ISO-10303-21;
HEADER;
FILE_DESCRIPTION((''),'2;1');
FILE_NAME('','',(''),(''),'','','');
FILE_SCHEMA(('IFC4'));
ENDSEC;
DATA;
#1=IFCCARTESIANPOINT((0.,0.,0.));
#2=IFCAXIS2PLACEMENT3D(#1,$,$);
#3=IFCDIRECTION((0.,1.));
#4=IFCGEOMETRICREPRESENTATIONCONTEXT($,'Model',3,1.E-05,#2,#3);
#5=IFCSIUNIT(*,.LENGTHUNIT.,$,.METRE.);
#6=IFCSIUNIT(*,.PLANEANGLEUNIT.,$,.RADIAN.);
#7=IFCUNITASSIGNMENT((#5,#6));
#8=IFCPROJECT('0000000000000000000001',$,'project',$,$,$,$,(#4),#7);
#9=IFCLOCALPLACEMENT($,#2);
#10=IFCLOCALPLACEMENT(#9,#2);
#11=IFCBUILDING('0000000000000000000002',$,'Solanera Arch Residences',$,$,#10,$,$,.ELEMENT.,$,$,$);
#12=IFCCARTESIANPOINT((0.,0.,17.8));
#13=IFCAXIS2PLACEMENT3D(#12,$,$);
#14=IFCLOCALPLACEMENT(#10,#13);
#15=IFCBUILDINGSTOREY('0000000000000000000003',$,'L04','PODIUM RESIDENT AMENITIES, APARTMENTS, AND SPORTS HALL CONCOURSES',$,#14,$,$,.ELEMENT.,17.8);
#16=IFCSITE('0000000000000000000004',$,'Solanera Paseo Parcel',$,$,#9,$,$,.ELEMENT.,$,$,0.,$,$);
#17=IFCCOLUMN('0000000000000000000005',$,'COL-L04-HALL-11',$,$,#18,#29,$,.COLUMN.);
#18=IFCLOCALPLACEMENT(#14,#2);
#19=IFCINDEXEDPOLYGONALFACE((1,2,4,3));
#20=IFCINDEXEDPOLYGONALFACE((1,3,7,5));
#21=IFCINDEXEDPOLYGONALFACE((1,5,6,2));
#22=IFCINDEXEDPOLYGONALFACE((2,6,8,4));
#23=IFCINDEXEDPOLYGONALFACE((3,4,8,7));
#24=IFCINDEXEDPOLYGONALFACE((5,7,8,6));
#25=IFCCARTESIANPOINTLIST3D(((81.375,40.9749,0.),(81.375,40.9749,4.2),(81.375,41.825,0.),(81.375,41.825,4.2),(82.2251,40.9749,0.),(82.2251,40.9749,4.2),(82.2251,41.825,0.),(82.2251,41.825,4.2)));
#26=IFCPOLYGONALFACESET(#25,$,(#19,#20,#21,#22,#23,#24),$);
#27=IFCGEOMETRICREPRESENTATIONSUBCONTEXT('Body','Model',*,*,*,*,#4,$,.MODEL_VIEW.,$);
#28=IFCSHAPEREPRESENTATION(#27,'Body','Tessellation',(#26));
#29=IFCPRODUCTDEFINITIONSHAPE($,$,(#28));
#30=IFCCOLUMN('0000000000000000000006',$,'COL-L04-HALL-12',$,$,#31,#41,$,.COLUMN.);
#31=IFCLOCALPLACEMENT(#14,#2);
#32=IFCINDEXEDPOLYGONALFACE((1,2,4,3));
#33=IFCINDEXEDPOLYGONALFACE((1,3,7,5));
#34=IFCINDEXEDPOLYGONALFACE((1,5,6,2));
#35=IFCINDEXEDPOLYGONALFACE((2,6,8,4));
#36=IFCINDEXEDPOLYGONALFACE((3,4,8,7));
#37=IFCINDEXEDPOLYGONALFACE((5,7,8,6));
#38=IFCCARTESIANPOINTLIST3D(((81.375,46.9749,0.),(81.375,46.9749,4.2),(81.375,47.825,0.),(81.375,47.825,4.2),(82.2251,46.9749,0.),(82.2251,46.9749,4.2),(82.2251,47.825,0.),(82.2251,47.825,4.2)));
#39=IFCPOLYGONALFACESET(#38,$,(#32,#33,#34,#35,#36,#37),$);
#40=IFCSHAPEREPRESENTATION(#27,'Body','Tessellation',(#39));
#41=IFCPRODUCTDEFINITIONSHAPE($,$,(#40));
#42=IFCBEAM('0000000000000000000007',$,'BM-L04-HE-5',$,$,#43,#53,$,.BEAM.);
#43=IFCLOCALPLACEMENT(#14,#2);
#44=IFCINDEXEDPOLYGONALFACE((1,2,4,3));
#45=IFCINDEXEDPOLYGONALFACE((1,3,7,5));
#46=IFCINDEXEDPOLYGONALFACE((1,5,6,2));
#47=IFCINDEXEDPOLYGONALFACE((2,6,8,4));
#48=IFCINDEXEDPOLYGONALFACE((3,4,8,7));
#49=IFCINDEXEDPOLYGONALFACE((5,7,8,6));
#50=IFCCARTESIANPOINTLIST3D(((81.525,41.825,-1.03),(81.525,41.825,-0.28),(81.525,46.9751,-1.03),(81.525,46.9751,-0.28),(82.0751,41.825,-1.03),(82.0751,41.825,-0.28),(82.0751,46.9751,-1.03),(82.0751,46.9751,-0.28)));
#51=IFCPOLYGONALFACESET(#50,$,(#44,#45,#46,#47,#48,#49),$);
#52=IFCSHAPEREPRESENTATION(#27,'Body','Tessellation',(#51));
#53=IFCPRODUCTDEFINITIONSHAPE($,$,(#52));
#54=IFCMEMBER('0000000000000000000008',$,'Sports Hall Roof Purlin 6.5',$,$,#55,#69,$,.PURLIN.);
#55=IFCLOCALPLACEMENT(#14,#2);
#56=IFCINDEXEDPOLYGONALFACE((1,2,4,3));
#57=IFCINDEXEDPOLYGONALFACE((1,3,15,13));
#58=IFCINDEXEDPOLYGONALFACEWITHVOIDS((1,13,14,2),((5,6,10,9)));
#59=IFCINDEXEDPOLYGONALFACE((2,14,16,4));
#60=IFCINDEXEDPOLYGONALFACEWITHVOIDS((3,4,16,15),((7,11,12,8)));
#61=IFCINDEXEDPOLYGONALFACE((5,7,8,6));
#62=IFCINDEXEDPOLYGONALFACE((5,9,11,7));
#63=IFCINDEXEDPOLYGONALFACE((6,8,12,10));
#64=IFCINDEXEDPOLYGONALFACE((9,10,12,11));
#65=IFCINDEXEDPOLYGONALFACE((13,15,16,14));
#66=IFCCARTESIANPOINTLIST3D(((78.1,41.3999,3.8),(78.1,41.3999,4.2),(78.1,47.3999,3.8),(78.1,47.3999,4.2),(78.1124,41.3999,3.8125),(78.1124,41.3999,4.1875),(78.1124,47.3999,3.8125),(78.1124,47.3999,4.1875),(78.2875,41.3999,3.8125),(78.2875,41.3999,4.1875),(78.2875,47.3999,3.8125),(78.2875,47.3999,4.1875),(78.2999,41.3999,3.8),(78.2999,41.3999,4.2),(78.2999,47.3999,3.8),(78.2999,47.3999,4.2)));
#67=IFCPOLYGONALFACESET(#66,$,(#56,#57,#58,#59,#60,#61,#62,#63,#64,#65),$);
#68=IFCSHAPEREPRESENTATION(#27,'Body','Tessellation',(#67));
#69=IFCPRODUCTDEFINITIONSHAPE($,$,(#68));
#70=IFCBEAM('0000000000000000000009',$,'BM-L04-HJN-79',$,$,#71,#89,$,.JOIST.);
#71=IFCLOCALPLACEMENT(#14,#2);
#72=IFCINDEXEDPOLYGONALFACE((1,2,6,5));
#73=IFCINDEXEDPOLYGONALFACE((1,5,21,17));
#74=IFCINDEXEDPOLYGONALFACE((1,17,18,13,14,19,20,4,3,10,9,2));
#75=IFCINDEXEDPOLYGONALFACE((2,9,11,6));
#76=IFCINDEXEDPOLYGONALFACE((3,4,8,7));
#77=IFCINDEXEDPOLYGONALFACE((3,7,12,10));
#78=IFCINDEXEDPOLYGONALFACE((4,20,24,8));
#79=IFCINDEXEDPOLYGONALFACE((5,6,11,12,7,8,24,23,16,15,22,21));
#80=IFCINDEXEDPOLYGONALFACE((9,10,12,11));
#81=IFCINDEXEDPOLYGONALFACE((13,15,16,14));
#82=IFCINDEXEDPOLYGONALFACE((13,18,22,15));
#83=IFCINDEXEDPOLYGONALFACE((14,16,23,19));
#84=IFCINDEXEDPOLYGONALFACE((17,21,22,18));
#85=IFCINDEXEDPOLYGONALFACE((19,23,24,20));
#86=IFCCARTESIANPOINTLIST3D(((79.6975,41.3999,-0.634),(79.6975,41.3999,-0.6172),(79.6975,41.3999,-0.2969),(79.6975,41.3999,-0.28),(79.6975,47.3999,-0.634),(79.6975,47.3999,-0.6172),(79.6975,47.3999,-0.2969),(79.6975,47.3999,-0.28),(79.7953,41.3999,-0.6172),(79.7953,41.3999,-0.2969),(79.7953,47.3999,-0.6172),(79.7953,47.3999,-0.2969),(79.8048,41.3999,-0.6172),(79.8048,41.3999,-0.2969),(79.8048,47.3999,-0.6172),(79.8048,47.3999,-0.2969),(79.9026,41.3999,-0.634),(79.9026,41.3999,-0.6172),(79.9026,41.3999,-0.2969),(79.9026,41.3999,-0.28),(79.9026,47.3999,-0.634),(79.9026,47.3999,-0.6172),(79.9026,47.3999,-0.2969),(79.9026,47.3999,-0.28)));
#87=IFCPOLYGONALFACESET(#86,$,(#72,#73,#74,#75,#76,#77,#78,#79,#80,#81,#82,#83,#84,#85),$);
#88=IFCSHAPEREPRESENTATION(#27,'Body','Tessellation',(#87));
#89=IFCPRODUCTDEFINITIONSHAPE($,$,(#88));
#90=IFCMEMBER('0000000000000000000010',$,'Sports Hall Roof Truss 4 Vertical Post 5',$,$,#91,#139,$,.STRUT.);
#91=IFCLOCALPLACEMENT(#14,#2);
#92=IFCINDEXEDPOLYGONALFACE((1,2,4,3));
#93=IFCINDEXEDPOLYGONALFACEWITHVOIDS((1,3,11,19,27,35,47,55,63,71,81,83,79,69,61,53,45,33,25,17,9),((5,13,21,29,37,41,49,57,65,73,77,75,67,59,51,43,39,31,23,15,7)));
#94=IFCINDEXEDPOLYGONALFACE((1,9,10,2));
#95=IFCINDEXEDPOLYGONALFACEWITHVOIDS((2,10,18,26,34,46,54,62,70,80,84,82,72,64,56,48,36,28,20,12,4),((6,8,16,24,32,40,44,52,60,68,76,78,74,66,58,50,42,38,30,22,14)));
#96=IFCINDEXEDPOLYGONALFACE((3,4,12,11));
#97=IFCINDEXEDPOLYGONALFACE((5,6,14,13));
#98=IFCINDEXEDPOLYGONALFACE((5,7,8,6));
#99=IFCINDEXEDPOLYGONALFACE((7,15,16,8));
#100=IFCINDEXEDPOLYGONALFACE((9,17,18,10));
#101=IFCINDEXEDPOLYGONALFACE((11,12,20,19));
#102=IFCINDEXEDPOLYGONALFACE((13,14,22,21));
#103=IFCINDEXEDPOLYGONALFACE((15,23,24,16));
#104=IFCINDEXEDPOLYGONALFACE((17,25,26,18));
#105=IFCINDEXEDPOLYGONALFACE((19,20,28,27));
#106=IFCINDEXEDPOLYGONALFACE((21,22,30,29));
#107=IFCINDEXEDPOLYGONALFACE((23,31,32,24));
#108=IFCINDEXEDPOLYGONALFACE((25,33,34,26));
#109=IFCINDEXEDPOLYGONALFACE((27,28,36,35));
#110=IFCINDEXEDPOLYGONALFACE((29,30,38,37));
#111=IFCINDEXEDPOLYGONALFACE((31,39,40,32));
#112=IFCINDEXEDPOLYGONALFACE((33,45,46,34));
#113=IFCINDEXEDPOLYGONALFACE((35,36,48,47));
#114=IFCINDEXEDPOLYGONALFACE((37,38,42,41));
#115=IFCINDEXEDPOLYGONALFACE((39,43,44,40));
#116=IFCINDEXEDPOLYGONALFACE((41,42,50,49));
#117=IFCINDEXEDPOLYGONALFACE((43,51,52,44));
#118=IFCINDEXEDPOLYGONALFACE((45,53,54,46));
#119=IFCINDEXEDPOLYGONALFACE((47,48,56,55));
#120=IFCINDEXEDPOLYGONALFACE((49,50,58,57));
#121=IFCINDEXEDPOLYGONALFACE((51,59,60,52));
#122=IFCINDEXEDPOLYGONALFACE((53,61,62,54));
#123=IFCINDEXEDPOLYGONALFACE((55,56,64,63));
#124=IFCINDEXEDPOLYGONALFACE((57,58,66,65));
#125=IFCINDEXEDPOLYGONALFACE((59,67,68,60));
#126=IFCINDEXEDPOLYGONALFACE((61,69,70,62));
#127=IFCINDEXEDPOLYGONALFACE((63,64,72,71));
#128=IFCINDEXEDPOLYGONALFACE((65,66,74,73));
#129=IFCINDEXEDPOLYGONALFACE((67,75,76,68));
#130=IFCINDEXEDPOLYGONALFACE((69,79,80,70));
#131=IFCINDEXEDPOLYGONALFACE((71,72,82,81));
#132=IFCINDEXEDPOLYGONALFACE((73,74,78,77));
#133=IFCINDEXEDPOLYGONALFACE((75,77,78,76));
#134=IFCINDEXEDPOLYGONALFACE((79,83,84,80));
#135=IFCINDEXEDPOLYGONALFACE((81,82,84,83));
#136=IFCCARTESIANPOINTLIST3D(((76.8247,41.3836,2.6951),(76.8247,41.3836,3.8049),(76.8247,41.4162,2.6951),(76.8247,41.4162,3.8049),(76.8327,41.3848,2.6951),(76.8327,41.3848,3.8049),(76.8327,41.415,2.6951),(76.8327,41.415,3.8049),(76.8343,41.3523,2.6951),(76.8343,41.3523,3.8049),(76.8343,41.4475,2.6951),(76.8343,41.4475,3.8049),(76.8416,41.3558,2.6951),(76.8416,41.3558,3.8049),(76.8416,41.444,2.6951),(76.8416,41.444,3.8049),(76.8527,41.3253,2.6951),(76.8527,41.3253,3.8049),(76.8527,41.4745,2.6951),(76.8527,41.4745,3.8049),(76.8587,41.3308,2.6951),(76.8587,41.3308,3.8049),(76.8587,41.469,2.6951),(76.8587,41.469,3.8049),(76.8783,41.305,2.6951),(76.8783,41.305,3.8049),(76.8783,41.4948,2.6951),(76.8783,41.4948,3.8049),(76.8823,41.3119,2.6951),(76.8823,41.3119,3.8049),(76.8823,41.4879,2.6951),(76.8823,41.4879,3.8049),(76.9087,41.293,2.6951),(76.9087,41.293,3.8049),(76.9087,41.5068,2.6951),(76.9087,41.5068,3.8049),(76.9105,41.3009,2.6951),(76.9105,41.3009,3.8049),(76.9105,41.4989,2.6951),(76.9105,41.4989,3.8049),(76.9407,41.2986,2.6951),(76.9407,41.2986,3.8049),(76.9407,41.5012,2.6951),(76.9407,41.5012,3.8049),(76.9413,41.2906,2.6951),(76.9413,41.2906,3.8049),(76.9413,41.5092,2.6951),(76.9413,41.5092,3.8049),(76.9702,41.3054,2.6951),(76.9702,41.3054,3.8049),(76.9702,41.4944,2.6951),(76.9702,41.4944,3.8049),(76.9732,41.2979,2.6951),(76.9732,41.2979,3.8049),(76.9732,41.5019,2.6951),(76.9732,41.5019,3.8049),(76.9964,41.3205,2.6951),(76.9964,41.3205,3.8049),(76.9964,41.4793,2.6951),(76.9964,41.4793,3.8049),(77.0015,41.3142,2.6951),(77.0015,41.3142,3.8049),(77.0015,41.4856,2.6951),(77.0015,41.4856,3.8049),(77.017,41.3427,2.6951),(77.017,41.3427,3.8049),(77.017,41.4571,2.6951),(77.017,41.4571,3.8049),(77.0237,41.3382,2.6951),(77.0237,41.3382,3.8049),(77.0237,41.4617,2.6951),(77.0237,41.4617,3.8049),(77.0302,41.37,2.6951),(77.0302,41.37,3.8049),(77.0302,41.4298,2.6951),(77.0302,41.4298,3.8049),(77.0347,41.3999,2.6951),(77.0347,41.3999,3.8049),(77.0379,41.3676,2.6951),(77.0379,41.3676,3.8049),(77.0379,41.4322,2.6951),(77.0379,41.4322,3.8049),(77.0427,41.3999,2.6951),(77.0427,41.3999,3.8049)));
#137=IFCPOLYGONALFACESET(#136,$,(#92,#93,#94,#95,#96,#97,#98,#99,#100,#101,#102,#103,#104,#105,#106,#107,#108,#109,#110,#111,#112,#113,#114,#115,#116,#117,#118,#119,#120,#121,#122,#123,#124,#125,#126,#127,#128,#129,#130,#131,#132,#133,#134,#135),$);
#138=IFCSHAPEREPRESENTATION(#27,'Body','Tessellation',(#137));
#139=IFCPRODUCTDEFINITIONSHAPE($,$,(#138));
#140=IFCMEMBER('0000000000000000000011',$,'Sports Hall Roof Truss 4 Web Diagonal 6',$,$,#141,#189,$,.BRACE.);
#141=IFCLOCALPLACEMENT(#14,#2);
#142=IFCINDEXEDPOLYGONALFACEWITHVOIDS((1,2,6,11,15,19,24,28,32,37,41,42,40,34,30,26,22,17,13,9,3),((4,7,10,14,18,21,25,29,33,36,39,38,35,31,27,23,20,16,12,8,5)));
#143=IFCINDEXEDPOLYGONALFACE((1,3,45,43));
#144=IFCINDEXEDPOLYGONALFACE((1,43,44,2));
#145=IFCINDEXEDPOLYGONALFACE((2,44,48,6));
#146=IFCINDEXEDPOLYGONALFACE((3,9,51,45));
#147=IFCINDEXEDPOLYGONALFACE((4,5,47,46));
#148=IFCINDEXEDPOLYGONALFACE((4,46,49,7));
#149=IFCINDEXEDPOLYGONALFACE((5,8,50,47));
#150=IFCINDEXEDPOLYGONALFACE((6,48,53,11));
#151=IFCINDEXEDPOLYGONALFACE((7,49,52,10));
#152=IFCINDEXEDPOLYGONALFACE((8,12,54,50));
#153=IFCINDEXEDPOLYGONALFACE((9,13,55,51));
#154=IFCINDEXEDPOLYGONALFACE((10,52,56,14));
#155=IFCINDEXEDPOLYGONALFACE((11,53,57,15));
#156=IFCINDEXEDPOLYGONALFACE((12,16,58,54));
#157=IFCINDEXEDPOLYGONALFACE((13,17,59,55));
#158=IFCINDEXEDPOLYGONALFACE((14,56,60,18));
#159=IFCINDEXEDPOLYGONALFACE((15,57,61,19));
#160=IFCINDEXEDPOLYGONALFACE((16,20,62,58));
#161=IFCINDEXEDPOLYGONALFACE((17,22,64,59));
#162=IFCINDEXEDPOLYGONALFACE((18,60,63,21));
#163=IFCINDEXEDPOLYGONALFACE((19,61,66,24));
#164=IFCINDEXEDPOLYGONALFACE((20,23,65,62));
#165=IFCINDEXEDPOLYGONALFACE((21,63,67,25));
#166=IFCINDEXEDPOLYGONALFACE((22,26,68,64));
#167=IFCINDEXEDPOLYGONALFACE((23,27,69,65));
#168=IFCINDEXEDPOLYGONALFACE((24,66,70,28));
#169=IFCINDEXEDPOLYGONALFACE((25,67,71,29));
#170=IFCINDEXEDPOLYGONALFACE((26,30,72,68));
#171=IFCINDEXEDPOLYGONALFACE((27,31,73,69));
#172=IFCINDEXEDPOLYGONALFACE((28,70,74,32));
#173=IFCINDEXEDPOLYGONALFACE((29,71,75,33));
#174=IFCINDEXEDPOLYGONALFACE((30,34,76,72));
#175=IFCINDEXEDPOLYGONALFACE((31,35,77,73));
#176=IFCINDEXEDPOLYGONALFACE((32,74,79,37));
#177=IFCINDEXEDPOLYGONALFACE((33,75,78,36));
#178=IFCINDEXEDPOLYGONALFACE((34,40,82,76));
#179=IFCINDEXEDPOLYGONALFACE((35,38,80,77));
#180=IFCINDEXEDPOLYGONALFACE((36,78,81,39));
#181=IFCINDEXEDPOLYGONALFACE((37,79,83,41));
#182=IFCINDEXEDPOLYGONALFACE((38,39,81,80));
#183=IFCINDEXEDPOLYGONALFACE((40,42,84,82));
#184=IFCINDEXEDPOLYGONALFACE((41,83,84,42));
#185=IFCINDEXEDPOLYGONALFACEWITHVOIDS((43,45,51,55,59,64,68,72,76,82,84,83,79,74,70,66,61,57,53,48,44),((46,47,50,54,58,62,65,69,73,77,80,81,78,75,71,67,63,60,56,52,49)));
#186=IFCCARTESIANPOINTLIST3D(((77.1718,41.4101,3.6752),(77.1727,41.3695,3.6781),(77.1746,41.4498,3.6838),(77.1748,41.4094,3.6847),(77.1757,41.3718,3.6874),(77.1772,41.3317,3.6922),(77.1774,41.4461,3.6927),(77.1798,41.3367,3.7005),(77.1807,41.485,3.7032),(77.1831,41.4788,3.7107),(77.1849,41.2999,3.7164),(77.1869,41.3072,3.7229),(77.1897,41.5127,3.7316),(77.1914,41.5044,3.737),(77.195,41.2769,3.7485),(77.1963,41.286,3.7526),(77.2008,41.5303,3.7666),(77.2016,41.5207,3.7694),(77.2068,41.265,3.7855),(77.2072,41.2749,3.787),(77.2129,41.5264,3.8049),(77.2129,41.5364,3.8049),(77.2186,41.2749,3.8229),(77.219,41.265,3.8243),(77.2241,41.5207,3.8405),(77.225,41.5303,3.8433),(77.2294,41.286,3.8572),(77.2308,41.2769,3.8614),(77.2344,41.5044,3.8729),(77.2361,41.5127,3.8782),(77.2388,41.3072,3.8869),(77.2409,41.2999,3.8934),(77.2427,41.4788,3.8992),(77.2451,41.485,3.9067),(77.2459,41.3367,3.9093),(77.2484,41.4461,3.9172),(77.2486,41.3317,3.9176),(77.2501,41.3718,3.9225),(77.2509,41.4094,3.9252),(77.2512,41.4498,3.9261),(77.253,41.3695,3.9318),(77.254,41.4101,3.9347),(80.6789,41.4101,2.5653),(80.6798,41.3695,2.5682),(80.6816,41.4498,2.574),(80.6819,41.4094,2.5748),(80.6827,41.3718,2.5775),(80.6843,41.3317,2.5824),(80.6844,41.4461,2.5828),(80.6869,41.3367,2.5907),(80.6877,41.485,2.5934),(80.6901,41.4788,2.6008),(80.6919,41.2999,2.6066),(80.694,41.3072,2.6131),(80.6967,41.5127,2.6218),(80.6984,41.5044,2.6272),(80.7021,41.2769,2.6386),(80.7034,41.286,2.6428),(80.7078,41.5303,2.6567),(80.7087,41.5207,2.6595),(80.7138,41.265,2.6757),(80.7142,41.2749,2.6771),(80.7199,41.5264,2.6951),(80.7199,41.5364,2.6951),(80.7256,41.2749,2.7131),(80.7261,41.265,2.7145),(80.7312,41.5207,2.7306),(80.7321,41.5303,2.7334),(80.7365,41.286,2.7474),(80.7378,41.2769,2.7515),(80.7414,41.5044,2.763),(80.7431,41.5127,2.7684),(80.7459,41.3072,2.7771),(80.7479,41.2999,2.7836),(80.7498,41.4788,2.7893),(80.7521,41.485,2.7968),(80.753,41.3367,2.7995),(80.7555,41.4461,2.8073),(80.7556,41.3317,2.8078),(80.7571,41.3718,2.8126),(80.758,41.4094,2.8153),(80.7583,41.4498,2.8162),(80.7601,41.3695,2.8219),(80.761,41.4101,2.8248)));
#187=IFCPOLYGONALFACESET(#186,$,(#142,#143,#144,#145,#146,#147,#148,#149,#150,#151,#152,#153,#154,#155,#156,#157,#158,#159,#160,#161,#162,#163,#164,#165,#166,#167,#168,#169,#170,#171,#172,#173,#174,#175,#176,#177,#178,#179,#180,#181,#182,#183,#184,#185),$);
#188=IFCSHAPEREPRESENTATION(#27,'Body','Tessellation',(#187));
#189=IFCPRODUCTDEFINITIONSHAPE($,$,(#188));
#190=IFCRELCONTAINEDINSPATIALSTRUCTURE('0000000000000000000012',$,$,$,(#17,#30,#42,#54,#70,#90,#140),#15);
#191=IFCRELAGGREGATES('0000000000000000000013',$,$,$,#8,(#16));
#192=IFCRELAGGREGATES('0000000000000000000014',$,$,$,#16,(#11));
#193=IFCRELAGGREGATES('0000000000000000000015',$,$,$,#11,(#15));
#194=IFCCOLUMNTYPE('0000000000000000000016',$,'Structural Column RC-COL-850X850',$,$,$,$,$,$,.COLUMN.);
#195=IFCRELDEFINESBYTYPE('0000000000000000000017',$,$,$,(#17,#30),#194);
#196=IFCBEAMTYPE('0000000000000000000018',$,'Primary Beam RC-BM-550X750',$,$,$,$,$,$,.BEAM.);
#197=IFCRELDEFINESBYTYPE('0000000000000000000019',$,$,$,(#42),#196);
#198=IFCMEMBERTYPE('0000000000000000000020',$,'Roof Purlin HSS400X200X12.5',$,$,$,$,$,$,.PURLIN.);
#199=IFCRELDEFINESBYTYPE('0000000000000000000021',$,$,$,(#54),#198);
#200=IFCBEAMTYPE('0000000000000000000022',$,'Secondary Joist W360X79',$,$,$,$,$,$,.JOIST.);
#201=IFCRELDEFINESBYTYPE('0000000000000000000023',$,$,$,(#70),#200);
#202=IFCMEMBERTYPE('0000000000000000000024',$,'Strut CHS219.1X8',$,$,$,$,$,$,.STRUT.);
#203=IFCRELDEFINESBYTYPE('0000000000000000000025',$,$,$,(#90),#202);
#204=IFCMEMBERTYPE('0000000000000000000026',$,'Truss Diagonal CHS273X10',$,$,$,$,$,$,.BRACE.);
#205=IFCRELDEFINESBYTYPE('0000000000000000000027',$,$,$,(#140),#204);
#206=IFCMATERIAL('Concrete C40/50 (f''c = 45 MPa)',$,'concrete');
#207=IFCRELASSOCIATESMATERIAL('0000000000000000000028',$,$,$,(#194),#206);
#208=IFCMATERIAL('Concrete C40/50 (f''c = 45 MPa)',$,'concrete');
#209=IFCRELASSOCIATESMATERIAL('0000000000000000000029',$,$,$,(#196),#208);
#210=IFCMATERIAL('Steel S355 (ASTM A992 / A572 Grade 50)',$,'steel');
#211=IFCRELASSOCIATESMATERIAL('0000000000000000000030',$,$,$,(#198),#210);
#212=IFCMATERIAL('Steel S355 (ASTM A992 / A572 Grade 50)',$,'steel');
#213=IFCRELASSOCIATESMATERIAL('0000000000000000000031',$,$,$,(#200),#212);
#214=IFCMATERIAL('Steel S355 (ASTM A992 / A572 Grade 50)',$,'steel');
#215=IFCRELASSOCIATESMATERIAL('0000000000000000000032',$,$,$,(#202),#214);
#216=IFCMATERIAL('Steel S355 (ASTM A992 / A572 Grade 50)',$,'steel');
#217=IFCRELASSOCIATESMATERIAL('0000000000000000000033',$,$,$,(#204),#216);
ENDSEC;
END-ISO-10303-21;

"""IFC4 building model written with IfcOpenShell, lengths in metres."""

from ifc_helpers import new_model, si_unit, direction, frame, origin, origin_2d, place, context, subcontext, project, spatial, rectangle, hollow_rectangle, hollow_circle, i_section, extrude, material, material_profile, profile_set, type_object, element, save


model = new_model("IFC4")

# Units and contexts
model_context = context("Model", 3, precision=1e-05, world=origin(), true_north=direction((0.0, 1.0)))
body_context = subcontext(model_context, "Body", "Model", "MODEL_VIEW")
ifc_project = project(units=[si_unit("LENGTHUNIT", "METRE"), si_unit("PLANEANGLEUNIT", "RADIAN")], contexts=[model_context])

# Site, building, storey
site_placement = place(None, origin())
site = spatial("IfcSite", under=ifc_project, at=site_placement, Name="Solanera Paseo Parcel", CompositionType="ELEMENT", RefElevation=0.0)
building_placement = place(site_placement, origin())
building = spatial("IfcBuilding", under=site, at=building_placement, Name="Solanera Arch Residences", CompositionType="ELEMENT")
storey_placement = place(building_placement, frame((0.0, 0.0, 17.8)))
storey = spatial("IfcBuildingStorey", under=building, at=storey_placement, Name="L04", Description="PODIUM RESIDENT AMENITIES, APARTMENTS, AND SPORTS HALL CONCOURSES", CompositionType="ELEMENT", Elevation=17.8)

# Columns
ifc_material_1 = material(Name="Concrete C40/50 (f'c = 45 MPa)", Category="concrete")
ifc_material_profile_1 = material_profile(ifc_material_1, rectangle(XDim=0.8501, YDim=0.8501, at=origin_2d()))
ifc_profile_set_1 = profile_set([ifc_material_profile_1], Name="Concrete C40/50 (f'c = 45 MPa)")
column_type = type_object("IfcColumnType", Name="Structural Column RC-COL-850X850", PredefinedType="COLUMN", material=ifc_profile_set_1)
for number, where, z_axis, x_axis, name in (
    (1, (81.8, 41.3999, 0.0), (0.0, 0.0, 1.0), (1.0, 0.0, 0.0), "COL-L04-HALL-11"),
    (2, (81.8, 47.3999, 0.0), (0.0, 0.0, 1.0), (1.0, 0.0, 0.0), "COL-L04-HALL-12"),
):
    element("IfcColumn", number, at=place(storey_placement, frame(where, z_axis=z_axis, x_axis=x_axis)), inside=storey, type_object=column_type, Name=name, PredefinedType="COLUMN", context=body_context, shape_type="SweptSolid", body=[
        extrude(rectangle(XDim=0.8501, YDim=0.8501, at=origin_2d()), origin(), (0.0, 0.0, 1.0), 4.2),
    ])

# Beam
ifc_material_2 = material(Name="Concrete C40/50 (f'c = 45 MPa)", Category="concrete")
ifc_material_profile_2 = material_profile(ifc_material_2, rectangle(XDim=0.55, YDim=0.75, at=origin_2d()))
ifc_profile_set_2 = profile_set([ifc_material_profile_2], Name="Concrete C40/50 (f'c = 45 MPa)")
beam_type_1 = type_object("IfcBeamType", Name="Primary Beam RC-BM-550X750", PredefinedType="BEAM", material=ifc_profile_set_2)
beam_1_placement = place(storey_placement, frame((81.8, 41.825, -0.655), z_axis=(0.0, 1.0, 0.0), x_axis=(-1.0, 0.0, 0.0)))
element("IfcBeam", 3, at=beam_1_placement, inside=storey, type_object=beam_type_1, Name="BM-L04-HE-5", PredefinedType="BEAM", context=body_context, shape_type="SweptSolid", body=[
    extrude(rectangle(XDim=0.55, YDim=0.75, at=origin_2d()), origin(), (0.0, 0.0, 1.0), 5.1501),
])

# Member
ifc_material_3 = material(Name="Steel S355 (ASTM A992 / A572 Grade 50)", Category="steel")
ifc_material_profile_3 = material_profile(ifc_material_3, hollow_rectangle(XDim=0.2, YDim=0.3999, WallThickness=0.0125, at=origin_2d()))
ifc_profile_set_3 = profile_set([ifc_material_profile_3], Name="Steel S355 (ASTM A992 / A572 Grade 50)")
member_type_1 = type_object("IfcMemberType", Name="Roof Purlin HSS400X200X12.5", PredefinedType="PURLIN", material=ifc_profile_set_3)
member_1_placement = place(storey_placement, frame((78.2, 41.3999, 4.0), z_axis=(0.0, 1.0, 0.0), x_axis=(-1.0, 0.0, 0.0)))
element("IfcMember", 4, at=member_1_placement, inside=storey, type_object=member_type_1, Name="Sports Hall Roof Purlin 6.5", PredefinedType="PURLIN", context=body_context, shape_type="SweptSolid", body=[
    extrude(hollow_rectangle(XDim=0.2, YDim=0.3999, WallThickness=0.0125, at=origin_2d()), origin(), (0.0, 0.0, 1.0), 6.0),
])

# Beam
ifc_material_4 = material(Name="Steel S355 (ASTM A992 / A572 Grade 50)", Category="steel")
ifc_material_profile_4 = material_profile(ifc_material_4, i_section(OverallWidth=0.2051, OverallDepth=0.354, WebThickness=0.0095, FlangeThickness=0.0168, at=origin_2d()))
ifc_profile_set_4 = profile_set([ifc_material_profile_4], Name="Steel S355 (ASTM A992 / A572 Grade 50)")
beam_type_2 = type_object("IfcBeamType", Name="Secondary Joist W360X79", PredefinedType="JOIST", material=ifc_profile_set_4)
beam_2_placement = place(storey_placement, frame((79.8, 41.3999, -0.457), z_axis=(0.0, 1.0, 0.0), x_axis=(-1.0, 0.0, 0.0)))
element("IfcBeam", 5, at=beam_2_placement, inside=storey, type_object=beam_type_2, Name="BM-L04-HJN-79", PredefinedType="JOIST", context=body_context, shape_type="SweptSolid", body=[
    extrude(i_section(OverallWidth=0.2051, OverallDepth=0.354, WebThickness=0.0095, FlangeThickness=0.0168, at=origin_2d()), origin(), (0.0, 0.0, 1.0), 6.0),
])

# Members
ifc_material_5 = material(Name="Steel S355 (ASTM A992 / A572 Grade 50)", Category="steel")
ifc_material_profile_5 = material_profile(ifc_material_5, hollow_circle(Radius=0.1096, WallThickness=0.0081, at=origin_2d()))
ifc_profile_set_5 = profile_set([ifc_material_profile_5], Name="Steel S355 (ASTM A992 / A572 Grade 50)")
member_type_2 = type_object("IfcMemberType", Name="Strut CHS219.1X8", PredefinedType="STRUT", material=ifc_profile_set_5)
member_2_placement = place(storey_placement, frame((76.9331, 41.3999, 2.6951), z_axis=(0.0, 0.0, 1.0), x_axis=(1.0, 0.0, 0.0)))
element("IfcMember", 6, at=member_2_placement, inside=storey, type_object=member_type_2, Name="Sports Hall Roof Truss 4 Vertical Post 5", PredefinedType="STRUT", context=body_context, shape_type="SweptSolid", body=[
    extrude(hollow_circle(Radius=0.1096, WallThickness=0.0081, at=origin_2d()), origin(), (0.0, 0.0, 1.0), 1.1099),
])
ifc_material_6 = material(Name="Steel S355 (ASTM A992 / A572 Grade 50)", Category="steel")
ifc_material_profile_6 = material_profile(ifc_material_6, hollow_circle(Radius=0.1365, WallThickness=0.01, at=origin_2d()))
ifc_profile_set_6 = profile_set([ifc_material_profile_6], Name="Steel S355 (ASTM A992 / A572 Grade 50)")
member_type_3 = type_object("IfcMemberType", Name="Truss Diagonal CHS273X10", PredefinedType="BRACE", material=ifc_profile_set_6)
member_3_placement = place(storey_placement, frame((77.2129, 41.3999, 3.8049), z_axis=(0.953398, 0.0, -0.301716), x_axis=(0.0, 1.0, 0.0)))
element("IfcMember", 7, at=member_3_placement, inside=storey, type_object=member_type_3, Name="Sports Hall Roof Truss 4 Web Diagonal 6", PredefinedType="BRACE", context=body_context, shape_type="SweptSolid", body=[
    extrude(hollow_circle(Radius=0.1365, WallThickness=0.01, at=origin_2d()), origin(), (0.0, 0.0, 1.0), 3.6785),
])

save(model, "model.ifc")
